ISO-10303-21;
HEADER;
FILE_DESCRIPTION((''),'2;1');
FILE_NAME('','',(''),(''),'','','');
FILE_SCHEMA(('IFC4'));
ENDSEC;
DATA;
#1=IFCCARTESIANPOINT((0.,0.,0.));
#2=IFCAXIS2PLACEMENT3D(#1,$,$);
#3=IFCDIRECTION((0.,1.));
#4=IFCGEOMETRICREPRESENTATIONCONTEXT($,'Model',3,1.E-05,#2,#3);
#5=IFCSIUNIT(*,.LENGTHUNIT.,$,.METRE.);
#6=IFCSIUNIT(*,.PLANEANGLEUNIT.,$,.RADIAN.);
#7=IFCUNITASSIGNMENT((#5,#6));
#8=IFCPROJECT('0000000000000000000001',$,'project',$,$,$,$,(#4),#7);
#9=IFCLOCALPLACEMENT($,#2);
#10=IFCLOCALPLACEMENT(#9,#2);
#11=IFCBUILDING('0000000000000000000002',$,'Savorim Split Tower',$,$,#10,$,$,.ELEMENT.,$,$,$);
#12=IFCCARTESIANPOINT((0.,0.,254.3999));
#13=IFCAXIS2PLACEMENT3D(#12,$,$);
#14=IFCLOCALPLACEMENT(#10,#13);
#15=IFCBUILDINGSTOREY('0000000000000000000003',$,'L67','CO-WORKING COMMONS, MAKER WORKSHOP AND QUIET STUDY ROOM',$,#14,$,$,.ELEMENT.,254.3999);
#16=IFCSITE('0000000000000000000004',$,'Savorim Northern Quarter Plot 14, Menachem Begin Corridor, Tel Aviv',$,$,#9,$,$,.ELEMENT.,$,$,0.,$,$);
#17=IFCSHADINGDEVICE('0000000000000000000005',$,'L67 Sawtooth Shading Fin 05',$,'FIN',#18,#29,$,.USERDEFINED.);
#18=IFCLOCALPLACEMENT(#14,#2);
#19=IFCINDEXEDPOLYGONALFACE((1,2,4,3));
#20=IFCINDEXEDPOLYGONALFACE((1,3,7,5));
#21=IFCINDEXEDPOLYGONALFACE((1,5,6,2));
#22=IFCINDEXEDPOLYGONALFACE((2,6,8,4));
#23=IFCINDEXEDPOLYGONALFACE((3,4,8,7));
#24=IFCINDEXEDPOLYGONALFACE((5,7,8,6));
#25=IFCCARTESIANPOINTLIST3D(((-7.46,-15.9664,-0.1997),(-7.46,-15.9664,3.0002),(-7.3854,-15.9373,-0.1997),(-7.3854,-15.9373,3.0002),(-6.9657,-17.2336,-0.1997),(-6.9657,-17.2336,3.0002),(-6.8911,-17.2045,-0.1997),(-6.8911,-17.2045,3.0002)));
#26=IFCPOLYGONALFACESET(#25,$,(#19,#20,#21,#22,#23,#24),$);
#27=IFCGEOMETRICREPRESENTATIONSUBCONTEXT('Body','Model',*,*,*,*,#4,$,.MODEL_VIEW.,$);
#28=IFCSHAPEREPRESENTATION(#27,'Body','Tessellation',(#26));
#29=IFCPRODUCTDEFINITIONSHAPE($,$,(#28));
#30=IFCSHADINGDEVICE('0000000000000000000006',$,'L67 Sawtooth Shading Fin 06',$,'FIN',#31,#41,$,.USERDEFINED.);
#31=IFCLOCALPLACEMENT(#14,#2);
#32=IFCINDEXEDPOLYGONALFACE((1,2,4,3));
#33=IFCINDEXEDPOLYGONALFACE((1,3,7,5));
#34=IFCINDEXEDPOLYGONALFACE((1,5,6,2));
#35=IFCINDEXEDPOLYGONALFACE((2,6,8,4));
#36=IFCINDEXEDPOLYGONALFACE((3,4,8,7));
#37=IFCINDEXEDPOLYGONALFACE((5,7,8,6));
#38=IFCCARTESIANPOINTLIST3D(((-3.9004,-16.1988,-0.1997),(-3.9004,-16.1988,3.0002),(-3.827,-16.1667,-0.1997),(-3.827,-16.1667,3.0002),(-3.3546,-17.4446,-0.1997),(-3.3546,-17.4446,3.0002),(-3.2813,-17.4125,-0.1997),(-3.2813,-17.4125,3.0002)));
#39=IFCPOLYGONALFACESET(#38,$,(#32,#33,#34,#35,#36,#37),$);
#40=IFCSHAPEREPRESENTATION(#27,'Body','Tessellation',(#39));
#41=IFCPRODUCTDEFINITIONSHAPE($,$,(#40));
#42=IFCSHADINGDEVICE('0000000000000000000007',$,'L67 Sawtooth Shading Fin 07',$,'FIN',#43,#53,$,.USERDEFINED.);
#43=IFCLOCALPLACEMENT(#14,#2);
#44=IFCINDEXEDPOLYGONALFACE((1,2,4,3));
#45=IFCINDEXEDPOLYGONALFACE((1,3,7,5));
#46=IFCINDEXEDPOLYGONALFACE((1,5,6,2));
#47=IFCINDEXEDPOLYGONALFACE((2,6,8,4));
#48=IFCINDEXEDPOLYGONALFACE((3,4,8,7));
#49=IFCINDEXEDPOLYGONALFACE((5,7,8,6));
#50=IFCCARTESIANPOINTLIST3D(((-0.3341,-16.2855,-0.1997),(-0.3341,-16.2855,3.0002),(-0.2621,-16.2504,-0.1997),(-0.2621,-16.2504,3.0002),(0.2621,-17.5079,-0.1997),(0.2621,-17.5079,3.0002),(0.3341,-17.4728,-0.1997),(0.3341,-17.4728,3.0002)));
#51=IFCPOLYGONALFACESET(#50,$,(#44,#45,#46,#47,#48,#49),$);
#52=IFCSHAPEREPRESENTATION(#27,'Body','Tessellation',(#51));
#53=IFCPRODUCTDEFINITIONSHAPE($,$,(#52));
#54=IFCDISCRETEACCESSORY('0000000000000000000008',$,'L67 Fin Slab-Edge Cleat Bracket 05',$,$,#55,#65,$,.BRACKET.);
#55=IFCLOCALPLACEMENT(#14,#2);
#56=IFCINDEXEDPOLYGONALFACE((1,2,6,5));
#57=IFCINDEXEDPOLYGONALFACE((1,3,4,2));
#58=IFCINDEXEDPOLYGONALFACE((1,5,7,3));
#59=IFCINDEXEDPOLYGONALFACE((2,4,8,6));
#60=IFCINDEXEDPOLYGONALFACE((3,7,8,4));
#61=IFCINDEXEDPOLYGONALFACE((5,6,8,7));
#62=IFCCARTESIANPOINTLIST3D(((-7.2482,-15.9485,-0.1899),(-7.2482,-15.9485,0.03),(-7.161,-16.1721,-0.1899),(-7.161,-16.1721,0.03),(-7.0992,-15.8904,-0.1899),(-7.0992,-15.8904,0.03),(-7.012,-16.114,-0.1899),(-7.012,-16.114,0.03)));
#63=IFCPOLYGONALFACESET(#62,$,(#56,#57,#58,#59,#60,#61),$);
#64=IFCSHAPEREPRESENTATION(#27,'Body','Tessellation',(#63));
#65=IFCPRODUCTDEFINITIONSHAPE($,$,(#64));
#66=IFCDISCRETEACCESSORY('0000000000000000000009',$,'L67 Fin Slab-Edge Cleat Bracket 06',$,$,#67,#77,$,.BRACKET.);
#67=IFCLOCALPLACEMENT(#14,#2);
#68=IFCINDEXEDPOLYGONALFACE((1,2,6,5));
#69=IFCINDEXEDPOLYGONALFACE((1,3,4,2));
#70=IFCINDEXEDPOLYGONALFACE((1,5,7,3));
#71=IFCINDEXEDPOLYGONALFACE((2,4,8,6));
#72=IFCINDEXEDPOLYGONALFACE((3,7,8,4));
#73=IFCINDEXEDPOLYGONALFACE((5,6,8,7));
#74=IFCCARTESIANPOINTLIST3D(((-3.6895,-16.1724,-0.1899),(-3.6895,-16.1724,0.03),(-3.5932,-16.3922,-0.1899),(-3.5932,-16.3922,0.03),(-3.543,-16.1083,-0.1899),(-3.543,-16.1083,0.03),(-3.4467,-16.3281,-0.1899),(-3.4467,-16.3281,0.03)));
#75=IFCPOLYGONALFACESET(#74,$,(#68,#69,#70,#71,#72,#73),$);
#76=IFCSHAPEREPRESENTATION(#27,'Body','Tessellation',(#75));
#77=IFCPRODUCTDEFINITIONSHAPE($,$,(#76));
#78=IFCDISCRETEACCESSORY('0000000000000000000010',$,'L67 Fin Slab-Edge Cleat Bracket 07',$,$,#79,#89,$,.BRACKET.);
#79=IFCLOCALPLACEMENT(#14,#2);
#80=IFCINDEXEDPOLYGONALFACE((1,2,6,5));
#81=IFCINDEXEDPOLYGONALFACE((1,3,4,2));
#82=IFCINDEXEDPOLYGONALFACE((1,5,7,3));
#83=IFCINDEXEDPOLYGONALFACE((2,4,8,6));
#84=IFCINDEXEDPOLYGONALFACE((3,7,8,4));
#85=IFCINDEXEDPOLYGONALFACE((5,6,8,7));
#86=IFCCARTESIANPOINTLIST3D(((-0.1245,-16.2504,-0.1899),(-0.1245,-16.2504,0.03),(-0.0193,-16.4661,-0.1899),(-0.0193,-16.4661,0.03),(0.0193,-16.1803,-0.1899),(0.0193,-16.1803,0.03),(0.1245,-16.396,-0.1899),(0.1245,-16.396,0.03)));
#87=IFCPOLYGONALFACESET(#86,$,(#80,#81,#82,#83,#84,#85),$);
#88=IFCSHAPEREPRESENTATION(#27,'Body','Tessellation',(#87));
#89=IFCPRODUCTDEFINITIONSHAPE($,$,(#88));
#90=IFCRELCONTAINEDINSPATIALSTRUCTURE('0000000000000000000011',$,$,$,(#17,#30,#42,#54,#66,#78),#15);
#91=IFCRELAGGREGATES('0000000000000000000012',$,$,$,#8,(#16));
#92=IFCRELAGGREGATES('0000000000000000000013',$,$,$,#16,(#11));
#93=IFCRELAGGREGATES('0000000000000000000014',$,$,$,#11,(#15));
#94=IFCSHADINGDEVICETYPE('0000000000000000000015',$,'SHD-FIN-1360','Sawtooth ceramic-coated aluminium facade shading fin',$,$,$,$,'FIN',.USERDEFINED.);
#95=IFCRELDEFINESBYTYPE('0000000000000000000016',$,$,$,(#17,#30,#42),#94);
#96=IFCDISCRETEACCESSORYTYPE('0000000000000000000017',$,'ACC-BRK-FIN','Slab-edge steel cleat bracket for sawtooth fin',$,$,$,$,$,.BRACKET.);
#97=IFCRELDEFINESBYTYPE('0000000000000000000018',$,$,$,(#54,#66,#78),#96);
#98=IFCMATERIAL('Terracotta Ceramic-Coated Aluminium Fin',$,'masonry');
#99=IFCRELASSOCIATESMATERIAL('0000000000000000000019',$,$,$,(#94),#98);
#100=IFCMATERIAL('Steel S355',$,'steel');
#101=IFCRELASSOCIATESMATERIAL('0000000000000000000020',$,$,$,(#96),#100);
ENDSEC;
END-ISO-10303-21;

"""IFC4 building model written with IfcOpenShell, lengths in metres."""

from ifc_helpers import new_model, si_unit, direction, frame, origin, origin_2d, place, context, subcontext, project, spatial, rectangle, extrude, material, type_object, element, save


model = new_model("IFC4")

# Units and contexts
model_context = context("Model", 3, precision=1e-05, world=origin(), true_north=direction((0.0, 1.0)))
body_context = subcontext(model_context, "Body", "Model", "MODEL_VIEW")
ifc_project = project(units=[si_unit("LENGTHUNIT", "METRE"), si_unit("PLANEANGLEUNIT", "RADIAN")], contexts=[model_context])

# Site, building, storey
site_placement = place(None, origin())
site = spatial("IfcSite", under=ifc_project, at=site_placement, Name="Savorim Northern Quarter Plot 14, Menachem Begin Corridor, Tel Aviv", CompositionType="ELEMENT", RefElevation=0.0)
building_placement = place(site_placement, origin())
building = spatial("IfcBuilding", under=site, at=building_placement, Name="Savorim Split Tower", CompositionType="ELEMENT")
storey_placement = place(building_placement, frame((0.0, 0.0, 254.3999)))
storey = spatial("IfcBuildingStorey", under=building, at=storey_placement, Name="L67", Description="CO-WORKING COMMONS, MAKER WORKSHOP AND QUIET STUDY ROOM", CompositionType="ELEMENT", Elevation=254.3999)

# Shared definitions
ifc_material_1 = material(Name="Steel S355", Category="steel")

# Shading devices
ifc_material_2 = material(Name="Terracotta Ceramic-Coated Aluminium Fin", Category="masonry")
shading_device_type = type_object("IfcShadingDeviceType", Name="SHD-FIN-1360", Description="Sawtooth ceramic-coated aluminium facade shading fin", ElementType="FIN", PredefinedType="USERDEFINED", material=ifc_material_2)
for number, where, z_axis, x_axis, name in (
    (1, (-7.1755, -16.5854, -0.1997), (0.0, 0.0, 1.0), (0.363415, -0.931627, 0.0), "L67 Sawtooth Shading Fin 05"),
    (2, (-3.5908, -16.8057, -0.1997), (0.0, 0.0, 1.0), (0.40123, -0.915977, 0.0), "L67 Sawtooth Shading Fin 06"),
    (3, (0.0, -16.8792, -0.1997), (0.0, 0.0, 1.0), (0.438371, -0.898794, 0.0), "L67 Sawtooth Shading Fin 07"),
):
    element("IfcShadingDevice", number, at=place(storey_placement, frame(where, z_axis=z_axis, x_axis=x_axis)), inside=storey, type_object=shading_device_type, Name=name, ObjectType="FIN", PredefinedType="USERDEFINED", context=body_context, shape_type="SweptSolid", body=[
        extrude(rectangle(XDim=1.3601, YDim=0.0801, at=origin_2d()), origin(), (0.0, 0.0, 1.0), 3.2),
    ])

# Discrete accessories
discrete_accessory_type = type_object("IfcDiscreteAccessoryType", Name="ACC-BRK-FIN", Description="Slab-edge steel cleat bracket for sawtooth fin", PredefinedType="BRACKET", material=ifc_material_1)
for number, where, z_axis, x_axis, name in (
    (4, (-7.1301, -16.0312, -0.1899), (0.0, 0.0, 1.0), (0.363415, -0.931627, 0.0), "L67 Fin Slab-Edge Cleat Bracket 05"),
    (5, (-3.5681, -16.2502, -0.1899), (0.0, 0.0, 1.0), (0.40123, -0.915977, 0.0), "L67 Fin Slab-Edge Cleat Bracket 06"),
    (6, (0.0, -16.3232, -0.1899), (0.0, 0.0, 1.0), (0.438371, -0.898794, 0.0), "L67 Fin Slab-Edge Cleat Bracket 07"),
):
    element("IfcDiscreteAccessory", number, at=place(storey_placement, frame(where, z_axis=z_axis, x_axis=x_axis)), inside=storey, type_object=discrete_accessory_type, Name=name, PredefinedType="BRACKET", context=body_context, shape_type="SweptSolid", body=[
        extrude(rectangle(XDim=0.24, YDim=0.1599, at=origin_2d()), origin(), (0.0, 0.0, 1.0), 0.22),
    ])

save(model, "model.ifc")
